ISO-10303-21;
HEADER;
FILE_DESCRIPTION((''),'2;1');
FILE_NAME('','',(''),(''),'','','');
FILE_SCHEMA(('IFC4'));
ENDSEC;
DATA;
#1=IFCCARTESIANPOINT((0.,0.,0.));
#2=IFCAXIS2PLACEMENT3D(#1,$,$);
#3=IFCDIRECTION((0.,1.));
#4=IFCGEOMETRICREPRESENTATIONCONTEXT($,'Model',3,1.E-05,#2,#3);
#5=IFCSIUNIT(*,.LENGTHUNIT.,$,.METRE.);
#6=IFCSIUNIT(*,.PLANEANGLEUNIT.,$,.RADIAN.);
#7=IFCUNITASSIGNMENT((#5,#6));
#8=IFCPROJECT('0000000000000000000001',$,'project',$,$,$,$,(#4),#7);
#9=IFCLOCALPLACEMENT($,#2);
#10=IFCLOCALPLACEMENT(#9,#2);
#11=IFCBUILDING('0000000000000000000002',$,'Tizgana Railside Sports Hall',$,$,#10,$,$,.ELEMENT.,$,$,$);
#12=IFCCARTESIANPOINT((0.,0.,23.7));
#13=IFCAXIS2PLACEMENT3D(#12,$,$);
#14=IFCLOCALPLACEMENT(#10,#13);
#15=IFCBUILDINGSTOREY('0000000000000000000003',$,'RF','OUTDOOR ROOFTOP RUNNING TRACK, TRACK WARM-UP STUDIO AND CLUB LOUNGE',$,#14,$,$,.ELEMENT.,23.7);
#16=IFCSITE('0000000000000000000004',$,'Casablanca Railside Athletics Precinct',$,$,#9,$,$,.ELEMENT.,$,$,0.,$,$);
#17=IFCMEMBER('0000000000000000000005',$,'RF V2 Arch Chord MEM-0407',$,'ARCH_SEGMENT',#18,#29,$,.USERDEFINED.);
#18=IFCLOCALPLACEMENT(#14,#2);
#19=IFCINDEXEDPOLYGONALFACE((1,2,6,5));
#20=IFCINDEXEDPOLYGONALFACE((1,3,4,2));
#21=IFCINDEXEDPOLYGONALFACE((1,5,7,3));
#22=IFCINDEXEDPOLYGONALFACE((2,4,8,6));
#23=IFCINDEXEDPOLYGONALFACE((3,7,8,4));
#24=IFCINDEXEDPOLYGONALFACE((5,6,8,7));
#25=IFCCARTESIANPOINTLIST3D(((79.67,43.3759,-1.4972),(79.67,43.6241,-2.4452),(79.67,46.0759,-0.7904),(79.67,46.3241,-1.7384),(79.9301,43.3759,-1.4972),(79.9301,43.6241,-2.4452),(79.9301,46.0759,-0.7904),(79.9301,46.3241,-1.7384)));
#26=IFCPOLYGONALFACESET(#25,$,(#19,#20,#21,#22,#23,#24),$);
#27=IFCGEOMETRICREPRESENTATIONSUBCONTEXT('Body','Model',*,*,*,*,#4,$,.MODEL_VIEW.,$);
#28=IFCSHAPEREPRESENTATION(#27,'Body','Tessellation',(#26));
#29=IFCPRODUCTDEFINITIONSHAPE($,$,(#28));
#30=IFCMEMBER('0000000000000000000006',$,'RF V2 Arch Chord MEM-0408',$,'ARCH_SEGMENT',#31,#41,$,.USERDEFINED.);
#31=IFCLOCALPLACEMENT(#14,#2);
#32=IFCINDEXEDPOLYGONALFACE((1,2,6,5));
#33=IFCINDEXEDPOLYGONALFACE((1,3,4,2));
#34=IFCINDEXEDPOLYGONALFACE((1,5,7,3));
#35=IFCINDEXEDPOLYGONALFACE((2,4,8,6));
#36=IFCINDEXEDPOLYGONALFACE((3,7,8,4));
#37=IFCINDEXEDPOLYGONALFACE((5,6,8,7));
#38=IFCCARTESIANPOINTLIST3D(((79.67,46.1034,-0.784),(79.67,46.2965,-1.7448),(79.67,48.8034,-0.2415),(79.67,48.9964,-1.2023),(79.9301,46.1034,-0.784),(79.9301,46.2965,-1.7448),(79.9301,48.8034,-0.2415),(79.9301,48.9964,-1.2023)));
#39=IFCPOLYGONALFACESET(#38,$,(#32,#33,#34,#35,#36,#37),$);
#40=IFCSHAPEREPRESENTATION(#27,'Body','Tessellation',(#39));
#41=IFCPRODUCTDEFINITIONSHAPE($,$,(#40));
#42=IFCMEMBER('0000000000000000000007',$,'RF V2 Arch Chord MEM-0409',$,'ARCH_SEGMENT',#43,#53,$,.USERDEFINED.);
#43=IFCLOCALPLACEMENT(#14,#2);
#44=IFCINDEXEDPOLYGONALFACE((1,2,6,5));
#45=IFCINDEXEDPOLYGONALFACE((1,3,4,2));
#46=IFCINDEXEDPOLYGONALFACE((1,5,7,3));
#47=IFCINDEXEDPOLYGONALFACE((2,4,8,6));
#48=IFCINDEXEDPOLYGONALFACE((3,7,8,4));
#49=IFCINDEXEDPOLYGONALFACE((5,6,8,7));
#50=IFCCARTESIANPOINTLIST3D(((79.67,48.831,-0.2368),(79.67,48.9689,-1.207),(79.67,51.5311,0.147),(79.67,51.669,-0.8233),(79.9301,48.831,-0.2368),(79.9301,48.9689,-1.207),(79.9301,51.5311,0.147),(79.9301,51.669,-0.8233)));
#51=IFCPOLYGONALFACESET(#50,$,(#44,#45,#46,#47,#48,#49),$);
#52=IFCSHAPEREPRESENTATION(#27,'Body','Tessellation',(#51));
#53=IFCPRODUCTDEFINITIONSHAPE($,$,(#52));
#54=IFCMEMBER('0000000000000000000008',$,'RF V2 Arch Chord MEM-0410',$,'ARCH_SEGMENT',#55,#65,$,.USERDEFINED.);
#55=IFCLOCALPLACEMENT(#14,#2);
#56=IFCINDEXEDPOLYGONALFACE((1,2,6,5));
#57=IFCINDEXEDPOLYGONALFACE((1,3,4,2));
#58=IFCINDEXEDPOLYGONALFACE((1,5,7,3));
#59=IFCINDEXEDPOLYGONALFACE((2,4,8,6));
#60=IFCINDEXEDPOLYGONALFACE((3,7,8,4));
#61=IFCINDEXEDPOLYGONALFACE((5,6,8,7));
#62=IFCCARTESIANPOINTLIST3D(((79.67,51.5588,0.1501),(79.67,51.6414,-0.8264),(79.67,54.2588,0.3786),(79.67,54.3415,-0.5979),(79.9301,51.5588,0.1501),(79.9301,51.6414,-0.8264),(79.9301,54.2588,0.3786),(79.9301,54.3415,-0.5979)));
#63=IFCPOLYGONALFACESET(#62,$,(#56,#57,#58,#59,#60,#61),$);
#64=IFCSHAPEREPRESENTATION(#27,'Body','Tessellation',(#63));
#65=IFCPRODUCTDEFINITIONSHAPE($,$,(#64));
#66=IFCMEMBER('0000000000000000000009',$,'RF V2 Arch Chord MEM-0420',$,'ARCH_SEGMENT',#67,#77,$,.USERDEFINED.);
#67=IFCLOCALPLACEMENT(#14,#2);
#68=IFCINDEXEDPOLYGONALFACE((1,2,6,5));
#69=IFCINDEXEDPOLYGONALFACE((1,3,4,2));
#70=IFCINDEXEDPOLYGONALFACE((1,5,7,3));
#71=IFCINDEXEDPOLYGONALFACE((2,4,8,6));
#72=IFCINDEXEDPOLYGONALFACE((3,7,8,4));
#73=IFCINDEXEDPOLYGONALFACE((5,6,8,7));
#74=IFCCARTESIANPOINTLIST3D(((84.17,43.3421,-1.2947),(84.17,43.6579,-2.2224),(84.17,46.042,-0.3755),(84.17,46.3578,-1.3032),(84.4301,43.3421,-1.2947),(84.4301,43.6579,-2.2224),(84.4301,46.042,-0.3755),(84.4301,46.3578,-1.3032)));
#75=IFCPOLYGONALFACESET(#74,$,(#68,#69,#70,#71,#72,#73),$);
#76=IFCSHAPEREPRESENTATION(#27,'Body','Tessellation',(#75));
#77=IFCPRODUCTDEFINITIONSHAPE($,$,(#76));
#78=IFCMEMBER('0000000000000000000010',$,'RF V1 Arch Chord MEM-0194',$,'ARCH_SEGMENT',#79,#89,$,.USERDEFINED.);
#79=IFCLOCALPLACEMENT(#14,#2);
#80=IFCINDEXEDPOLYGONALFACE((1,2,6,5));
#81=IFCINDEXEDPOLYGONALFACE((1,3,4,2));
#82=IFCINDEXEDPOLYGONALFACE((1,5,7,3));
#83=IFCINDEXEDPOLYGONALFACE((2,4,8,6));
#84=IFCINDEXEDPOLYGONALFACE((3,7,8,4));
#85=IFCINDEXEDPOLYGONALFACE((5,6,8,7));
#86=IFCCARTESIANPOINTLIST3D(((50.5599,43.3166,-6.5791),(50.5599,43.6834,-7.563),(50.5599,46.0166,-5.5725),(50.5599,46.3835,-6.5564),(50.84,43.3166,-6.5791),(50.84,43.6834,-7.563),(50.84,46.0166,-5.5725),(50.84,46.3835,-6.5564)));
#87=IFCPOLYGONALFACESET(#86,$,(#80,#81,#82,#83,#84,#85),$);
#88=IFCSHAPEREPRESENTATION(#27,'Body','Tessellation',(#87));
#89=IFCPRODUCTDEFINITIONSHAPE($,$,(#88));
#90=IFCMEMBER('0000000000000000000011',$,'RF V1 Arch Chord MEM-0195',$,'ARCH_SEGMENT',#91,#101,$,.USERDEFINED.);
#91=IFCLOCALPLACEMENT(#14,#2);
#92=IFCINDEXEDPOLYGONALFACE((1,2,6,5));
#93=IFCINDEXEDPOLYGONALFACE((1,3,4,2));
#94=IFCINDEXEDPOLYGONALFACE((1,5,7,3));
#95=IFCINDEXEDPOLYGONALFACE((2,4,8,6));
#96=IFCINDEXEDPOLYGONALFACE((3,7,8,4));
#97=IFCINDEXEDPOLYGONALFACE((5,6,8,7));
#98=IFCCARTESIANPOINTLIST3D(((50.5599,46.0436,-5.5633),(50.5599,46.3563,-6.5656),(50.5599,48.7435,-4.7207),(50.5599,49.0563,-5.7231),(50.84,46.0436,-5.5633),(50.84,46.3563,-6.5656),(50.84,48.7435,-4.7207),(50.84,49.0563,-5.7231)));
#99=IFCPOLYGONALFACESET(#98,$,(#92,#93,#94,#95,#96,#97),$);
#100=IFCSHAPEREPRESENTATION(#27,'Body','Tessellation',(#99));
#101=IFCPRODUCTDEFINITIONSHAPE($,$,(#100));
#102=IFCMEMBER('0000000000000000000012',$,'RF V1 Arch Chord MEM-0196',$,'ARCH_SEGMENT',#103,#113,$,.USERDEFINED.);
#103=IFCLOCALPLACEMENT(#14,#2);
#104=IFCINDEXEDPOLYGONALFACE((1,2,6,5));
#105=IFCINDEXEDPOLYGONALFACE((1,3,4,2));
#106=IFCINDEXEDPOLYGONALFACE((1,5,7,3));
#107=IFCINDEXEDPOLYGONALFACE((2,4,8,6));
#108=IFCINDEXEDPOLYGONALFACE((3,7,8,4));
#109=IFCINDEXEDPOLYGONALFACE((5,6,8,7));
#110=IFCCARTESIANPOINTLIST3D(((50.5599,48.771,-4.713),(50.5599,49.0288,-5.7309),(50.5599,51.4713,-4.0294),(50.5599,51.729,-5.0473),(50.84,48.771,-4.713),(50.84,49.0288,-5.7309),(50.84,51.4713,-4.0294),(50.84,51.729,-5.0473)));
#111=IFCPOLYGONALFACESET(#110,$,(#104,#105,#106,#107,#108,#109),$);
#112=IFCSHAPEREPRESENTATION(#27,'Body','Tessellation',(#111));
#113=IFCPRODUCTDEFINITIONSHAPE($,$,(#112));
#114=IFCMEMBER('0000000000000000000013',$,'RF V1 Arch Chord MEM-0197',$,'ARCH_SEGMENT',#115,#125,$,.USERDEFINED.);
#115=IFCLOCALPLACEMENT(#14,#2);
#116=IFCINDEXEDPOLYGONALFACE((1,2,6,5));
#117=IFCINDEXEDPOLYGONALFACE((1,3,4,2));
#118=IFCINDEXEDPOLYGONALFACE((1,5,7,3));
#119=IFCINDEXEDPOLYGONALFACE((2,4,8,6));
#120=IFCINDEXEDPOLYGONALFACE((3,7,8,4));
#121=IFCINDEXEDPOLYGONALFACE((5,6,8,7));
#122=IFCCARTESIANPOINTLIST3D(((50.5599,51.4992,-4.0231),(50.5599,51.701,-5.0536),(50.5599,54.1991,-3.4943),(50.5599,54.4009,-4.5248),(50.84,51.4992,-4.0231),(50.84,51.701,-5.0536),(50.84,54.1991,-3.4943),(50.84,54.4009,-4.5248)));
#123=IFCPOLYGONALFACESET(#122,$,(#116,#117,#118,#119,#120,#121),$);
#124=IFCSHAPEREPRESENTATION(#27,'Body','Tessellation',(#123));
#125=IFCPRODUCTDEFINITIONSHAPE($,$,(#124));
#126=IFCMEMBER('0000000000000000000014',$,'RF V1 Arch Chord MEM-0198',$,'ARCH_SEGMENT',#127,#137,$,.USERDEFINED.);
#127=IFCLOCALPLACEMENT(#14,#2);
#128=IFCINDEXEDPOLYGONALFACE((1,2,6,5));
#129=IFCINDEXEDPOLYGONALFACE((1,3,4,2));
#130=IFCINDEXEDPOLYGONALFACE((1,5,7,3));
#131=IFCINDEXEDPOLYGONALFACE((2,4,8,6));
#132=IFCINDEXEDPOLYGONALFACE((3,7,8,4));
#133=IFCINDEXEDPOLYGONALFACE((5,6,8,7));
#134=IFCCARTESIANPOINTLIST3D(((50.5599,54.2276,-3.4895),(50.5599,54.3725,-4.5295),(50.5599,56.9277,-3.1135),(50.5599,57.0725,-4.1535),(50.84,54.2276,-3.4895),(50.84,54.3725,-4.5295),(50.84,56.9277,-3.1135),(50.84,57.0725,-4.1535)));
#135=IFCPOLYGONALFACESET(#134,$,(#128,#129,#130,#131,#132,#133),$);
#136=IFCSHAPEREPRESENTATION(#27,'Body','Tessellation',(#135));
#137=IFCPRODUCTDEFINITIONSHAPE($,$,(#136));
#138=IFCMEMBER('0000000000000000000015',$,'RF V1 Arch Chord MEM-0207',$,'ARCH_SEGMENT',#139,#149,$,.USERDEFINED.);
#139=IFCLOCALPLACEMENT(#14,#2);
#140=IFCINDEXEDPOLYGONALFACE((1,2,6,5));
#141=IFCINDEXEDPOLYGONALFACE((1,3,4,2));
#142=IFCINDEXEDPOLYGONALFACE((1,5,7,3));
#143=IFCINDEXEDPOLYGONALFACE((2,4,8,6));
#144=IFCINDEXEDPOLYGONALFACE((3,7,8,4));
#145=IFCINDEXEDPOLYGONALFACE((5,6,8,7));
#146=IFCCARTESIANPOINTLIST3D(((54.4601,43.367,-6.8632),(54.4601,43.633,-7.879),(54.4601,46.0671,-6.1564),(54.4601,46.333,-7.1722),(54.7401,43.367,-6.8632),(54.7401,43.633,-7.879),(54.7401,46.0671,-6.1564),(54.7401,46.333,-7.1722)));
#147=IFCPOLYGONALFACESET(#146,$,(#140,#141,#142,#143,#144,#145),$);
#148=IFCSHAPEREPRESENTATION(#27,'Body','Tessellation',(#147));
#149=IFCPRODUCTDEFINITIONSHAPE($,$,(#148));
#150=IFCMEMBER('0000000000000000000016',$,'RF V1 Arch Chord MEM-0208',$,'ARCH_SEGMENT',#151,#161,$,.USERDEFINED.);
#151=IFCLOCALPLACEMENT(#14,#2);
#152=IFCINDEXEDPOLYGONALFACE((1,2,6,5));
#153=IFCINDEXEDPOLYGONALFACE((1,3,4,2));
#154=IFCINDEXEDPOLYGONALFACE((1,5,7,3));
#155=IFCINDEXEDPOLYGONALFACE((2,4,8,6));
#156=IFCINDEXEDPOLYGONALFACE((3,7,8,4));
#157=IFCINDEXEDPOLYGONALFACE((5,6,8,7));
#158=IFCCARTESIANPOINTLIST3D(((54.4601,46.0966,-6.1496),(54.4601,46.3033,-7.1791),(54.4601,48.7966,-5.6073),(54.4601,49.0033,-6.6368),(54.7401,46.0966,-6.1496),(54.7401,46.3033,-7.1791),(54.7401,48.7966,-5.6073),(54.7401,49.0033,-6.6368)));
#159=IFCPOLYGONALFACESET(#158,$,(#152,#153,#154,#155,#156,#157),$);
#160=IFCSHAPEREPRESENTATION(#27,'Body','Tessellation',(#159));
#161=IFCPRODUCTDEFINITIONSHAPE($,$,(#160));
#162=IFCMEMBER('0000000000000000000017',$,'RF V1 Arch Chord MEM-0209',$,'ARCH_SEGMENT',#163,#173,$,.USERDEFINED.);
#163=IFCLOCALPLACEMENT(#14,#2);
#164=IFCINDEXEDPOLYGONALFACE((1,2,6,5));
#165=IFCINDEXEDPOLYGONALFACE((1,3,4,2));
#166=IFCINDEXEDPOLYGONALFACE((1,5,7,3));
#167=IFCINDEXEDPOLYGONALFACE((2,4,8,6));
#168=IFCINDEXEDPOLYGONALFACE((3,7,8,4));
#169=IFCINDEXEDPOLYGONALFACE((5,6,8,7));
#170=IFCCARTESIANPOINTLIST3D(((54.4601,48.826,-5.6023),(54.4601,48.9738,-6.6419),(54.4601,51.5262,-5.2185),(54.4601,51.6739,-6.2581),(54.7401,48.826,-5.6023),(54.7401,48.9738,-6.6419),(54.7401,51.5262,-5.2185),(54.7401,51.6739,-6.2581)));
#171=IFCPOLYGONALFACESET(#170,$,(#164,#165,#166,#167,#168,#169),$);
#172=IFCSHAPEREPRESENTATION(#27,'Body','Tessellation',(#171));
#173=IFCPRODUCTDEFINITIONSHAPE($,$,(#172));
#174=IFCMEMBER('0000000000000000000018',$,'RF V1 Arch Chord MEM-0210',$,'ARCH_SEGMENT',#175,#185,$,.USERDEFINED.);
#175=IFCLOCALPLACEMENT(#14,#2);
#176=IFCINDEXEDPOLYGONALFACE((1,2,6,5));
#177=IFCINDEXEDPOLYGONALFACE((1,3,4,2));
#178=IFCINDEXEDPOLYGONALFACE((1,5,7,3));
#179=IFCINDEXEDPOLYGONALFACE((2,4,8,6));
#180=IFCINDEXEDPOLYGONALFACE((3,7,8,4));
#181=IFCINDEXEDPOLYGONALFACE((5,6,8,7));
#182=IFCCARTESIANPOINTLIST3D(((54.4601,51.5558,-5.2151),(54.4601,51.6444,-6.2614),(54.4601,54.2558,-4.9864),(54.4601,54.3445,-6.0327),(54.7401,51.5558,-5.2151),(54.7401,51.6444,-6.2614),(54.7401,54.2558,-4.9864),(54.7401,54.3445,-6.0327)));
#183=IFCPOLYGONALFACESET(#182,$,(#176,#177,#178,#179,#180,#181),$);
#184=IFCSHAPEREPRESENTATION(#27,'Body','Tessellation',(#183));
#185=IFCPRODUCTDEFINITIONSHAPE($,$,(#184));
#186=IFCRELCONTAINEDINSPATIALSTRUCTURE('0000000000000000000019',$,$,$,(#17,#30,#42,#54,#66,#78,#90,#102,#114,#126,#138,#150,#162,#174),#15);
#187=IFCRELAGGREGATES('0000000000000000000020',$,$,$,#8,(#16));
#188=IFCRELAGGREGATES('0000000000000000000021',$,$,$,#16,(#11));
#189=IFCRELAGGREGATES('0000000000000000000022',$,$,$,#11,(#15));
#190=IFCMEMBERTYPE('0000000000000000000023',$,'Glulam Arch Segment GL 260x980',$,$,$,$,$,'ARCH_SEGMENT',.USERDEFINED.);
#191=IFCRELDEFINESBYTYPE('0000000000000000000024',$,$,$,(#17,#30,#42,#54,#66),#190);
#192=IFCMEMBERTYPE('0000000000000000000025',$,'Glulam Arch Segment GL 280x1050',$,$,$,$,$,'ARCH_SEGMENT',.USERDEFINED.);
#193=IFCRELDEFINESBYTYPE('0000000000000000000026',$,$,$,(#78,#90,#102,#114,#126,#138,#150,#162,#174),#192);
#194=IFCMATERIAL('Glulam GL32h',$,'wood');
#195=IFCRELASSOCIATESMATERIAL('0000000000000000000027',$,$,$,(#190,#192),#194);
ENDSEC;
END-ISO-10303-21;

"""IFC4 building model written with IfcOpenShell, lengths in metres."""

from ifc_helpers import new_model, si_unit, direction, frame, origin, origin_2d, place, context, subcontext, project, spatial, rectangle, extrude, material, material_profile, profile_set, type_object, element, save


model = new_model("IFC4")

# Units and contexts
model_context = context("Model", 3, precision=1e-05, world=origin(), true_north=direction((0.0, 1.0)))
body_context = subcontext(model_context, "Body", "Model", "MODEL_VIEW")
ifc_project = project(units=[si_unit("LENGTHUNIT", "METRE"), si_unit("PLANEANGLEUNIT", "RADIAN")], contexts=[model_context])

# Site, building, storey
site_placement = place(None, origin())
site = spatial("IfcSite", under=ifc_project, at=site_placement, Name="Casablanca Railside Athletics Precinct", CompositionType="ELEMENT", RefElevation=0.0)
building_placement = place(site_placement, origin())
building = spatial("IfcBuilding", under=site, at=building_placement, Name="Tizgana Railside Sports Hall", CompositionType="ELEMENT")
storey_placement = place(building_placement, frame((0.0, 0.0, 23.7)))
storey = spatial("IfcBuildingStorey", under=building, at=storey_placement, Name="RF", Description="OUTDOOR ROOFTOP RUNNING TRACK, TRACK WARM-UP STUDIO AND CLUB LOUNGE", CompositionType="ELEMENT", Elevation=23.7)

# Members
ifc_material_1 = material(Name="Glulam GL32h", Category="wood")
ifc_material_profile_1 = material_profile(ifc_material_1, rectangle(XDim=0.26, YDim=0.98, at=origin_2d()), Name="GL 260x980")
ifc_profile_set_1 = profile_set([ifc_material_profile_1], Name="Glulam GL32h")
member_type_1 = type_object("IfcMemberType", Name="Glulam Arch Segment GL 260x980", ElementType="ARCH_SEGMENT", PredefinedType="USERDEFINED", material=ifc_profile_set_1)
member_1_placement = place(storey_placement, frame((79.8, 43.5, -1.9712), z_axis=(0.0, 0.967402, 0.253244), x_axis=(-1.0, 0.0, 0.0)))
element("IfcMember", 1, at=member_1_placement, inside=storey, type_object=member_type_1, Name="RF V2 Arch Chord MEM-0407", ObjectType="ARCH_SEGMENT", PredefinedType="USERDEFINED", context=body_context, shape_type="SweptSolid", body=[
    extrude(rectangle(XDim=0.26, YDim=0.98, at=origin_2d()), origin(), (0.0, 0.0, 1.0), 2.791),
])
member_2_placement = place(storey_placement, frame((79.8, 46.2, -1.2644), z_axis=(0.0, 0.980406, 0.196986), x_axis=(-1.0, 0.0, 0.0)))
element("IfcMember", 2, at=member_2_placement, inside=storey, type_object=member_type_1, Name="RF V2 Arch Chord MEM-0408", ObjectType="ARCH_SEGMENT", PredefinedType="USERDEFINED", context=body_context, shape_type="SweptSolid", body=[
    extrude(rectangle(XDim=0.26, YDim=0.98, at=origin_2d()), origin(), (0.0, 0.0, 1.0), 2.7539),
])
member_3_placement = place(storey_placement, frame((79.8, 48.8999, -0.7219), z_axis=(0.0, 0.99005, 0.14072), x_axis=(-1.0, 0.0, 0.0)))
element("IfcMember", 3, at=member_3_placement, inside=storey, type_object=member_type_1, Name="RF V2 Arch Chord MEM-0409", ObjectType="ARCH_SEGMENT", PredefinedType="USERDEFINED", context=body_context, shape_type="SweptSolid", body=[
    extrude(rectangle(XDim=0.26, YDim=0.98, at=origin_2d()), origin(), (0.0, 0.0, 1.0), 2.7273),
])
member_4_placement = place(storey_placement, frame((79.8, 51.6001, -0.3381), z_axis=(0.0, 0.996437, 0.084335), x_axis=(-1.0, 0.0, 0.0)))
element("IfcMember", 4, at=member_4_placement, inside=storey, type_object=member_type_1, Name="RF V2 Arch Chord MEM-0410", ObjectType="ARCH_SEGMENT", PredefinedType="USERDEFINED", context=body_context, shape_type="SweptSolid", body=[
    extrude(rectangle(XDim=0.26, YDim=0.98, at=origin_2d()), origin(), (0.0, 0.0, 1.0), 2.7097),
])
member_5_placement = place(storey_placement, frame((84.3, 43.5, -1.7585), z_axis=(0.0, 0.946644, 0.322282), x_axis=(-1.0, 0.0, 0.0)))
element("IfcMember", 5, at=member_5_placement, inside=storey, type_object=member_type_1, Name="RF V2 Arch Chord MEM-0420", ObjectType="ARCH_SEGMENT", PredefinedType="USERDEFINED", context=body_context, shape_type="SweptSolid", body=[
    extrude(rectangle(XDim=0.26, YDim=0.98, at=origin_2d()), origin(), (0.0, 0.0, 1.0), 2.8521),
])
ifc_material_profile_2 = material_profile(ifc_material_1, rectangle(XDim=0.28, YDim=1.05, at=origin_2d()), Name="GL 280x1050")
ifc_profile_set_2 = profile_set([ifc_material_profile_2], Name="Glulam GL32h")
member_type_2 = type_object("IfcMemberType", Name="Glulam Arch Segment GL 280x1050", ElementType="ARCH_SEGMENT", PredefinedType="USERDEFINED", material=ifc_profile_set_2)
member_6_placement = place(storey_placement, frame((50.7, 43.5, -7.071), z_axis=(0.0, 0.936999, 0.349331), x_axis=(-1.0, 0.0, 0.0)))
element("IfcMember", 6, at=member_6_placement, inside=storey, type_object=member_type_2, Name="RF V1 Arch Chord MEM-0194", ObjectType="ARCH_SEGMENT", PredefinedType="USERDEFINED", context=body_context, shape_type="SweptSolid", body=[
    extrude(rectangle(XDim=0.28, YDim=1.05, at=origin_2d()), origin(), (0.0, 0.0, 1.0), 2.8816),
])
member_7_placement = place(storey_placement, frame((50.7, 46.2, -6.0645), z_axis=(0.0, 0.954601, 0.297887), x_axis=(-1.0, 0.0, 0.0)))
element("IfcMember", 7, at=member_7_placement, inside=storey, type_object=member_type_2, Name="RF V1 Arch Chord MEM-0195", ObjectType="ARCH_SEGMENT", PredefinedType="USERDEFINED", context=body_context, shape_type="SweptSolid", body=[
    extrude(rectangle(XDim=0.28, YDim=1.05, at=origin_2d()), origin(), (0.0, 0.0, 1.0), 2.8284),
])
member_8_placement = place(storey_placement, frame((50.7, 48.8999, -5.2219), z_axis=(0.0, 0.969416, 0.245422), x_axis=(-1.0, 0.0, 0.0)))
element("IfcMember", 8, at=member_8_placement, inside=storey, type_object=member_type_2, Name="RF V1 Arch Chord MEM-0196", ObjectType="ARCH_SEGMENT", PredefinedType="USERDEFINED", context=body_context, shape_type="SweptSolid", body=[
    extrude(rectangle(XDim=0.28, YDim=1.05, at=origin_2d()), origin(), (0.0, 0.0, 1.0), 2.7854),
])
member_9_placement = place(storey_placement, frame((50.7, 51.6001, -4.5383), z_axis=(0.0, 0.981354, 0.192207), x_axis=(-1.0, 0.0, 0.0)))
element("IfcMember", 9, at=member_9_placement, inside=storey, type_object=member_type_2, Name="RF V1 Arch Chord MEM-0197", ObjectType="ARCH_SEGMENT", PredefinedType="USERDEFINED", context=body_context, shape_type="SweptSolid", body=[
    extrude(rectangle(XDim=0.28, YDim=1.05, at=origin_2d()), origin(), (0.0, 0.0, 1.0), 2.7512),
])
member_10_placement = place(storey_placement, frame((50.7, 54.3, -4.0095), z_axis=(0.0, 0.990443, 0.137922), x_axis=(-1.0, 0.0, 0.0)))
element("IfcMember", 10, at=member_10_placement, inside=storey, type_object=member_type_2, Name="RF V1 Arch Chord MEM-0198", ObjectType="ARCH_SEGMENT", PredefinedType="USERDEFINED", context=body_context, shape_type="SweptSolid", body=[
    extrude(rectangle(XDim=0.28, YDim=1.05, at=origin_2d()), origin(), (0.0, 0.0, 1.0), 2.7261),
])
member_11_placement = place(storey_placement, frame((54.6001, 43.5, -7.3711), z_axis=(0.0, 0.967402, 0.253244), x_axis=(-1.0, 0.0, 0.0)))
element("IfcMember", 11, at=member_11_placement, inside=storey, type_object=member_type_2, Name="RF V1 Arch Chord MEM-0207", ObjectType="ARCH_SEGMENT", PredefinedType="USERDEFINED", context=body_context, shape_type="SweptSolid", body=[
    extrude(rectangle(XDim=0.28, YDim=1.05, at=origin_2d()), origin(), (0.0, 0.0, 1.0), 2.791),
])
member_12_placement = place(storey_placement, frame((54.6001, 46.2, -6.6643), z_axis=(0.0, 0.980424, 0.1969), x_axis=(-1.0, 0.0, 0.0)))
element("IfcMember", 12, at=member_12_placement, inside=storey, type_object=member_type_2, Name="RF V1 Arch Chord MEM-0208", ObjectType="ARCH_SEGMENT", PredefinedType="USERDEFINED", context=body_context, shape_type="SweptSolid", body=[
    extrude(rectangle(XDim=0.28, YDim=1.05, at=origin_2d()), origin(), (0.0, 0.0, 1.0), 2.7539),
])
member_13_placement = place(storey_placement, frame((54.6001, 48.8999, -6.1221), z_axis=(0.0, 0.99005, 0.14072), x_axis=(-1.0, 0.0, 0.0)))
element("IfcMember", 13, at=member_13_placement, inside=storey, type_object=member_type_2, Name="RF V1 Arch Chord MEM-0209", ObjectType="ARCH_SEGMENT", PredefinedType="USERDEFINED", context=body_context, shape_type="SweptSolid", body=[
    extrude(rectangle(XDim=0.28, YDim=1.05, at=origin_2d()), origin(), (0.0, 0.0, 1.0), 2.7273),
])
member_14_placement = place(storey_placement, frame((54.6001, 51.6001, -5.7383), z_axis=(0.0, 0.99643, 0.084425), x_axis=(-1.0, 0.0, 0.0)))
element("IfcMember", 14, at=member_14_placement, inside=storey, type_object=member_type_2, Name="RF V1 Arch Chord MEM-0210", ObjectType="ARCH_SEGMENT", PredefinedType="USERDEFINED", context=body_context, shape_type="SweptSolid", body=[
    extrude(rectangle(XDim=0.28, YDim=1.05, at=origin_2d()), origin(), (0.0, 0.0, 1.0), 2.7097),
])

save(model, "model.ifc")
